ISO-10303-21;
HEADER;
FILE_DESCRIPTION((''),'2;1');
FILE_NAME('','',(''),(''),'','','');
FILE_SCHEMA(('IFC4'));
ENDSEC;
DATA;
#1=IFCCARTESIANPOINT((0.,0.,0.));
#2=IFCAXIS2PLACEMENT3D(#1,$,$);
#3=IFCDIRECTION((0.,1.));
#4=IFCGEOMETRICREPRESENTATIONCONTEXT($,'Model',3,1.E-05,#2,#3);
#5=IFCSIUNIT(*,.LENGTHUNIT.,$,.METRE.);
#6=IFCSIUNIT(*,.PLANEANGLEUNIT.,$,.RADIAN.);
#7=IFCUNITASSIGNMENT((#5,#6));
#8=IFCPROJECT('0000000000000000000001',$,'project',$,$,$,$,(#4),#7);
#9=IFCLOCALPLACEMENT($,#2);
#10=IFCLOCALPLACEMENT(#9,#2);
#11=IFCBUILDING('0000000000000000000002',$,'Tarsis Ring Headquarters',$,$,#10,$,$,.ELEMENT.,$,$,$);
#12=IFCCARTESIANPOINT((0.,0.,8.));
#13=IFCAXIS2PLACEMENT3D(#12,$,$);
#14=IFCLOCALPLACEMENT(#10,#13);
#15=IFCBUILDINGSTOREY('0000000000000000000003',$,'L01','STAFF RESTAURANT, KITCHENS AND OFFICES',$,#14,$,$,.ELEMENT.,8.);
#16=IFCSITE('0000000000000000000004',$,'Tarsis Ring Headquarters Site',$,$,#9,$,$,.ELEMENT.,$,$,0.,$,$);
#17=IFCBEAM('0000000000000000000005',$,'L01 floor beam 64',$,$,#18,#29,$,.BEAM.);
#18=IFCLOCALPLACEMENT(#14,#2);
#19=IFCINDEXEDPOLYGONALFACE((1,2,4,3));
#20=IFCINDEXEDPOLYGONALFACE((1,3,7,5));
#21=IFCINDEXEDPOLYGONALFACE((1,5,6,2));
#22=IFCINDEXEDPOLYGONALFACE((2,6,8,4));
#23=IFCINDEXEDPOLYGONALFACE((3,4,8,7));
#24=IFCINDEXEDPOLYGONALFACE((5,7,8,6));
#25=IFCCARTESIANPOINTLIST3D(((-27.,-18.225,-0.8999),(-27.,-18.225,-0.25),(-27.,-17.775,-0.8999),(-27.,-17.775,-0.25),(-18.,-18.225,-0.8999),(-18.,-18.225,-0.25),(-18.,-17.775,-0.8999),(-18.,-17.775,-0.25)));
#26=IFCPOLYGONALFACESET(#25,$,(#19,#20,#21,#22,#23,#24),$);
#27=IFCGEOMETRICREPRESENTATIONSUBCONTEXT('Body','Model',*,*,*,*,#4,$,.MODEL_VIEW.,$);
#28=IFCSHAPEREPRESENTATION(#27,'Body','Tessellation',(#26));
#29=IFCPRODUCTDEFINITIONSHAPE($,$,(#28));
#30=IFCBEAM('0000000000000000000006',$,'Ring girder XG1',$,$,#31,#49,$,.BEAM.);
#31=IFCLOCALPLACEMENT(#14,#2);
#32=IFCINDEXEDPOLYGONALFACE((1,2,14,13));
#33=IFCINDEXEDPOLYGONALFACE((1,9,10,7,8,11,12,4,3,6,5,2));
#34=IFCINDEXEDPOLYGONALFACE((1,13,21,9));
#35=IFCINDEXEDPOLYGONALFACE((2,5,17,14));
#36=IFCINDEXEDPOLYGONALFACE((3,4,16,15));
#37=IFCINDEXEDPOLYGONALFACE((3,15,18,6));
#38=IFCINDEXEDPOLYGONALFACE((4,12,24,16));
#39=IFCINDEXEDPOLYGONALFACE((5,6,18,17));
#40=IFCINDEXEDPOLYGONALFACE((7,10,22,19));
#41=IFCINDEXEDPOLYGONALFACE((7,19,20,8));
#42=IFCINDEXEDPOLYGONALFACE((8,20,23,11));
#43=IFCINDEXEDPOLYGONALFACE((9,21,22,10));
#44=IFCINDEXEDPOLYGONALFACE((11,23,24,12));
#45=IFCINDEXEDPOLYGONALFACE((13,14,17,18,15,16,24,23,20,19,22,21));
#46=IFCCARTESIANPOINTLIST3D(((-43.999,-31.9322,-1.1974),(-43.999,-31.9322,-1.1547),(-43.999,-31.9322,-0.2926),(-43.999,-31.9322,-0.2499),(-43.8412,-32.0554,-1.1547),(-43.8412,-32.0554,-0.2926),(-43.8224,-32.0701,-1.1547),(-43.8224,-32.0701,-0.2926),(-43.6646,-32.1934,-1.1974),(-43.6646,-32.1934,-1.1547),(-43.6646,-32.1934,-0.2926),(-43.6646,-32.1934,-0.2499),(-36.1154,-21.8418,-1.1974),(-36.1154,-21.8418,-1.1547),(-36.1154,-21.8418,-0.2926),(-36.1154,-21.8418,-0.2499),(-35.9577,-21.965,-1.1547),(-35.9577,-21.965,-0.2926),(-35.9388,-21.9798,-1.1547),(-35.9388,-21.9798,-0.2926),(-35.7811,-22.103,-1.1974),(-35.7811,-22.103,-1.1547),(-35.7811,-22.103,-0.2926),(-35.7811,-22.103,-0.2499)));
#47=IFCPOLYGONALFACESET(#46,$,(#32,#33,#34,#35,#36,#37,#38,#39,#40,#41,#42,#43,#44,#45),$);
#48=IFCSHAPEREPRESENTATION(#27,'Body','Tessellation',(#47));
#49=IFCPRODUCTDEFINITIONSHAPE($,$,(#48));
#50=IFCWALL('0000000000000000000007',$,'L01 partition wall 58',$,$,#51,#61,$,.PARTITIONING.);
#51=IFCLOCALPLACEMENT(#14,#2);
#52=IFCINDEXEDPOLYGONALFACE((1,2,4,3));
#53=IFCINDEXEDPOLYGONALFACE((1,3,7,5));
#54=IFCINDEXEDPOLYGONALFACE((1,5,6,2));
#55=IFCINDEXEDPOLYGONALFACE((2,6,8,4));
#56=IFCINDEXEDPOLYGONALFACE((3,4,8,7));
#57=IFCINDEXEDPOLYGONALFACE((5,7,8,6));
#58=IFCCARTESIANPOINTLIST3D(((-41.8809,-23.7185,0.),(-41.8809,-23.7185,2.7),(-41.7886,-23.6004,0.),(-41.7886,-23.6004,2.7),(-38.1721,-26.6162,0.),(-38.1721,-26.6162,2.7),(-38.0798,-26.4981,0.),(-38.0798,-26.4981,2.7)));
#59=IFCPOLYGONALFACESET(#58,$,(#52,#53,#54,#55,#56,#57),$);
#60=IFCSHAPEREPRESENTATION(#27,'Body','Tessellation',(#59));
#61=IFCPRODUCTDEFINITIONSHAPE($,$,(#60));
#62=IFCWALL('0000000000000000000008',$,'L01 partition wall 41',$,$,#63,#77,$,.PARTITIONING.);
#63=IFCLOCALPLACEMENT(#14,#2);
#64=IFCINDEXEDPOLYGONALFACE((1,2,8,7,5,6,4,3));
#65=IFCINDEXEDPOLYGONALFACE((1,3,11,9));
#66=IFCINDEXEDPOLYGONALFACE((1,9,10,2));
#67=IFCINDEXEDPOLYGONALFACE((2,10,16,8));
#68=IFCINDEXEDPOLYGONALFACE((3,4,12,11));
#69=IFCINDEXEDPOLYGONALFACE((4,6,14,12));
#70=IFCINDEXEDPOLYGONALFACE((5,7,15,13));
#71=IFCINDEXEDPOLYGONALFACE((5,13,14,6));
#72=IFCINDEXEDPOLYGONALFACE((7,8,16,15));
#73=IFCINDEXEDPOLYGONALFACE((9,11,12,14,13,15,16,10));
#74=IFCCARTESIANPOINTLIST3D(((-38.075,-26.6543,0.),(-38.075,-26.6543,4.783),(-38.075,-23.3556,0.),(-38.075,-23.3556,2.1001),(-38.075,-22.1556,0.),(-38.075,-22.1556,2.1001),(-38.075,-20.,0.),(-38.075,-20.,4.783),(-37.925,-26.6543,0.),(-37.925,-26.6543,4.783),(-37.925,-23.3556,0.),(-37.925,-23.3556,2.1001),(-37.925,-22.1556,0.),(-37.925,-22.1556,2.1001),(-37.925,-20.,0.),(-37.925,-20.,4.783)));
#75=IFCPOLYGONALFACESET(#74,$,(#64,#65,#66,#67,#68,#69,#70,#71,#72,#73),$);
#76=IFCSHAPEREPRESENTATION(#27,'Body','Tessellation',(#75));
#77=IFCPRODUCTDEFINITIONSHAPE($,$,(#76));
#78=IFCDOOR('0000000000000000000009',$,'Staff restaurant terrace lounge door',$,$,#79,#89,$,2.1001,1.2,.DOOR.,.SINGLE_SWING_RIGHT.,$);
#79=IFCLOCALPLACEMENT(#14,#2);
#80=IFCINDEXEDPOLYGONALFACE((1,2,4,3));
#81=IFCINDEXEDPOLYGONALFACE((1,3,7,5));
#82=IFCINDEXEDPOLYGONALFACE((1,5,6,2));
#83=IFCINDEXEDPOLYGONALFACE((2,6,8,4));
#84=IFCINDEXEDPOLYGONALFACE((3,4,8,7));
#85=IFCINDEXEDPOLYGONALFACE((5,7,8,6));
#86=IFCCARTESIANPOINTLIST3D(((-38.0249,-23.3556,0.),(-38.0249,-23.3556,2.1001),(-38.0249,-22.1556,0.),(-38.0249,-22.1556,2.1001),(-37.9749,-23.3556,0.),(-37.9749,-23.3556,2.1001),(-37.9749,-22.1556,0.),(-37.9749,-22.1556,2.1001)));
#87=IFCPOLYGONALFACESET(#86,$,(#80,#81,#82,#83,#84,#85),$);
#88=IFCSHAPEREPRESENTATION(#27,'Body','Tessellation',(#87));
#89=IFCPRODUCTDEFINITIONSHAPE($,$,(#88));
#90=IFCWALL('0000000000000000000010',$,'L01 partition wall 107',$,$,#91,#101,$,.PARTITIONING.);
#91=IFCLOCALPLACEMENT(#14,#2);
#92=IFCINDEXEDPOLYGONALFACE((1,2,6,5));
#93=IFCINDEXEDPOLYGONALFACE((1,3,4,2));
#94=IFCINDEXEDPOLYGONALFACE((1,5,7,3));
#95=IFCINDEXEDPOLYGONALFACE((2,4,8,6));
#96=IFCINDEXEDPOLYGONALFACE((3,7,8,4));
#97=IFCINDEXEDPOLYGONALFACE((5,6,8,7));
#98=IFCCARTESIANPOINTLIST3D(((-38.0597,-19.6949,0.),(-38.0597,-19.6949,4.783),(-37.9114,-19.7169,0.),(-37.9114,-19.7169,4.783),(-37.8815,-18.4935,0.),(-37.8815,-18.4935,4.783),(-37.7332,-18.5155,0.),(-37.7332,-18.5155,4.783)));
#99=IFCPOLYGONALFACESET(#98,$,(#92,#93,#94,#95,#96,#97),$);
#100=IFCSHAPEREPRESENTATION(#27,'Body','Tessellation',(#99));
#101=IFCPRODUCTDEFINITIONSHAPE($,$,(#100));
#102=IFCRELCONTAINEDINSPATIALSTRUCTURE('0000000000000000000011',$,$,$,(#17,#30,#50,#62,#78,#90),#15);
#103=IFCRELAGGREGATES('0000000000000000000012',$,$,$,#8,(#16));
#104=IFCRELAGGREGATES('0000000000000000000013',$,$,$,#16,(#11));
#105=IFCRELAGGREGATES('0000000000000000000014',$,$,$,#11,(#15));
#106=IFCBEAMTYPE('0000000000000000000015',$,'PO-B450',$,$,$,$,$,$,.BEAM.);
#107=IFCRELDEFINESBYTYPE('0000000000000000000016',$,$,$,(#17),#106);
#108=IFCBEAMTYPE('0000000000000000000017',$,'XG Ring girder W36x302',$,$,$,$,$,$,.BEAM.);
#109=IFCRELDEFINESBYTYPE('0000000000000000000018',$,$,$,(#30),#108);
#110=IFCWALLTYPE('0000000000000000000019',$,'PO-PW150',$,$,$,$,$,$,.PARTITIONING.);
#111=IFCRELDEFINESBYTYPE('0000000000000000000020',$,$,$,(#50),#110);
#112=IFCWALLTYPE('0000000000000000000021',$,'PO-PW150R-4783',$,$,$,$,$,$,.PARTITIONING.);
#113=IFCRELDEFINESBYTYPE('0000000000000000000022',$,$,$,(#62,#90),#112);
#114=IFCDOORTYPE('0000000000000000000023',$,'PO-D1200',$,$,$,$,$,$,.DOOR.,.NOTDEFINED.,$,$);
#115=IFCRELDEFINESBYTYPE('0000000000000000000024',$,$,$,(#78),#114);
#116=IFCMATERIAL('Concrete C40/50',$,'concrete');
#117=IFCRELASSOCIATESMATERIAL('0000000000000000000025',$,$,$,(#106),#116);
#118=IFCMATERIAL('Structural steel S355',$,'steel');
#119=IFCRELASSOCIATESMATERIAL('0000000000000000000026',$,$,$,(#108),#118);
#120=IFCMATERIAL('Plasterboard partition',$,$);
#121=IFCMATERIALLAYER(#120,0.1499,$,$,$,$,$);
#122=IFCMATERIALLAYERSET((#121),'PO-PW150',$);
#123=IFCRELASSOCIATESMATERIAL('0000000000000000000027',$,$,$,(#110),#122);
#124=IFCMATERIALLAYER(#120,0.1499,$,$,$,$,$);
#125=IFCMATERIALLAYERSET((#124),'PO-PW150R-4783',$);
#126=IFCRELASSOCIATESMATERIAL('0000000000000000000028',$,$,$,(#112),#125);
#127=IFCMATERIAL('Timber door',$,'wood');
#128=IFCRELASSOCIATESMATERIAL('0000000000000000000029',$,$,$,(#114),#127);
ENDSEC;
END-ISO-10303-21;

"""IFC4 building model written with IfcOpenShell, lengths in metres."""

from ifc_helpers import new_model, si_unit, direction, frame, frame_2d, origin, origin_2d, place, context, subcontext, project, spatial, rectangle, i_section, extrude, material, layer, layer_set, material_profile, profile_set, type_object, element, fill, save


model = new_model("IFC4")

# Units and contexts
model_context = context("Model", 3, precision=1e-05, world=origin(), true_north=direction((0.0, 1.0)))
body_context = subcontext(model_context, "Body", "Model", "MODEL_VIEW")
ifc_project = project(units=[si_unit("LENGTHUNIT", "METRE"), si_unit("PLANEANGLEUNIT", "RADIAN")], contexts=[model_context])

# Site, building, storey
site_placement = place(None, origin())
site = spatial("IfcSite", under=ifc_project, at=site_placement, Name="Tarsis Ring Headquarters Site", CompositionType="ELEMENT", RefElevation=0.0)
building_placement = place(site_placement, origin())
building = spatial("IfcBuilding", under=site, at=building_placement, Name="Tarsis Ring Headquarters", CompositionType="ELEMENT")
storey_placement = place(building_placement, frame((0.0, 0.0, 8.0)))
storey = spatial("IfcBuildingStorey", under=building, at=storey_placement, Name="L01", Description="STAFF RESTAURANT, KITCHENS AND OFFICES", CompositionType="ELEMENT", Elevation=8.0)

# Beams
ifc_material_1 = material(Name="Concrete C40/50", Category="concrete")
ifc_material_profile_1 = material_profile(ifc_material_1, rectangle(XDim=0.45, YDim=0.6499, at=origin_2d()), Name="PO-B450")
ifc_profile_set_1 = profile_set([ifc_material_profile_1], Name="Concrete C40/50")
beam_type_1 = type_object("IfcBeamType", Name="PO-B450", PredefinedType="BEAM", material=ifc_profile_set_1)
beam_1_placement = place(storey_placement, frame((-27.0, -18.0, -0.575), z_axis=(1.0, 0.0, 0.0), x_axis=(0.0, 1.0, 0.0)))
element("IfcBeam", 1, at=beam_1_placement, inside=storey, type_object=beam_type_1, Name="L01 floor beam 64", PredefinedType="BEAM", context=body_context, shape_type="SweptSolid", body=[
    extrude(rectangle(XDim=0.45, YDim=0.6499, at=origin_2d()), origin(), (0.0, 0.0, 1.0), 9.0),
])
ifc_material_2 = material(Name="Structural steel S355", Category="steel")
ifc_material_profile_2 = material_profile(ifc_material_2, i_section(OverallWidth=0.4243, OverallDepth=0.9475, WebThickness=0.0239, FlangeThickness=0.0427, at=origin_2d()), Name="W36x302")
ifc_profile_set_2 = profile_set([ifc_material_profile_2], Name="Structural steel S355")
beam_type_2 = type_object("IfcBeamType", Name="XG Ring girder W36x302", PredefinedType="BEAM", material=ifc_profile_set_2)
beam_2_placement = place(storey_placement, frame((-35.9482, -21.9724, -0.7236), z_axis=(-0.615667, -0.788006, 0.0), x_axis=(0.788006, -0.615667, 0.0)))
element("IfcBeam", 2, at=beam_2_placement, inside=storey, type_object=beam_type_2, Name="Ring girder XG1", PredefinedType="BEAM", context=body_context, shape_type="SweptSolid", body=[
    extrude(i_section(OverallWidth=0.4243, OverallDepth=0.9475, WebThickness=0.0239, FlangeThickness=0.0427, at=origin_2d()), origin(), (0.0, 0.0, 1.0), 12.8049),
])

# Wall
ifc_material_3 = material(Name="Plasterboard partition")
ifc_layer_1 = layer(ifc_material_3, 0.1499)
ifc_layer_set_1 = layer_set([ifc_layer_1], Name="PO-PW150")
wall_type_1 = type_object("IfcWallType", Name="PO-PW150", PredefinedType="PARTITIONING", material=ifc_layer_set_1)
wall_1_placement = place(storey_placement, frame((-38.126, -26.5571, 0.0), z_axis=(0.0, 0.0, 1.0), x_axis=(-0.787998, 0.615677, 0.0)))
element("IfcWall", 3, at=wall_1_placement, inside=storey, type_object=wall_type_1, Name="L01 partition wall 58", PredefinedType="PARTITIONING", context=body_context, shape_type="SweptSolid", body=[
    extrude(rectangle(XDim=4.7065, YDim=0.1499, at=frame_2d((2.3533, 0.0))), origin(), (0.0, 0.0, 1.0), 2.7),
])

# Wall, opening, door
ifc_layer_2 = layer(ifc_material_3, 0.1499)
ifc_layer_set_2 = layer_set([ifc_layer_2], Name="PO-PW150R-4783")
wall_type_2 = type_object("IfcWallType", Name="PO-PW150R-4783", PredefinedType="PARTITIONING", material=ifc_layer_set_2)
wall_2_placement = place(storey_placement, frame((-38.0, -26.6543, 0.0), z_axis=(0.0, 0.0, 1.0), x_axis=(0.0, 1.0, 0.0)))
wall_2 = element("IfcWall", 4, at=wall_2_placement, inside=storey, type_object=wall_type_2, Name="L01 partition wall 41", PredefinedType="PARTITIONING", context=body_context, shape_type="SweptSolid", body=[
    extrude(rectangle(XDim=6.6543, YDim=0.1499, at=frame_2d((3.3271, 0.0))), origin(), (0.0, 0.0, 1.0), 4.783),
])
opening_placement = place(wall_2_placement, frame((3.2986, 0.0, 0.0)))
opening = element("IfcOpeningElement", 5, at=opening_placement, cuts=wall_2, PredefinedType="OPENING", context=body_context, shape_type="SweptSolid", body=[
    extrude(rectangle(XDim=1.2, YDim=2.1001, at=frame_2d((0.6001, 1.05))), frame((0.0, 0.085, 0.0), z_axis=(0.0, -1.0, 0.0), x_axis=(1.0, 0.0, 0.0)), (0.0, 0.0, 1.0), 0.1699),
])
ifc_material_4 = material(Name="Timber door", Category="wood")
door_type = type_object("IfcDoorType", Name="PO-D1200", OperationType="NOTDEFINED", PredefinedType="DOOR", material=ifc_material_4)
door_placement = place(opening_placement, origin())
door = element("IfcDoor", 6, at=door_placement, inside=storey, type_object=door_type, Name="Staff restaurant terrace lounge door", OperationType="SINGLE_SWING_RIGHT", OverallHeight=2.1001, OverallWidth=1.2, PredefinedType="DOOR", context=body_context, shape_type="SweptSolid", body=[
    extrude(rectangle(XDim=1.2, YDim=2.1001, at=frame_2d((0.6001, 1.05))), frame((0.0, 0.0249, 0.0), z_axis=(0.0, -1.0, 0.0), x_axis=(1.0, 0.0, 0.0)), (0.0, 0.0, 1.0), 0.05),
])
fill(opening, door)

# Wall
wall_3_placement = place(storey_placement, frame((-37.9856, -19.7061, 0.0), z_axis=(0.0, 0.0, 1.0), x_axis=(0.146738, 0.989175, 0.0)))
element("IfcWall", 7, at=wall_3_placement, inside=storey, type_object=wall_type_2, Name="L01 partition wall 107", PredefinedType="PARTITIONING", context=body_context, shape_type="SweptSolid", body=[
    extrude(rectangle(XDim=1.2146, YDim=0.1499, at=frame_2d((0.6074, 0.0))), origin(), (0.0, 0.0, 1.0), 4.783),
])

save(model, "model.ifc")
